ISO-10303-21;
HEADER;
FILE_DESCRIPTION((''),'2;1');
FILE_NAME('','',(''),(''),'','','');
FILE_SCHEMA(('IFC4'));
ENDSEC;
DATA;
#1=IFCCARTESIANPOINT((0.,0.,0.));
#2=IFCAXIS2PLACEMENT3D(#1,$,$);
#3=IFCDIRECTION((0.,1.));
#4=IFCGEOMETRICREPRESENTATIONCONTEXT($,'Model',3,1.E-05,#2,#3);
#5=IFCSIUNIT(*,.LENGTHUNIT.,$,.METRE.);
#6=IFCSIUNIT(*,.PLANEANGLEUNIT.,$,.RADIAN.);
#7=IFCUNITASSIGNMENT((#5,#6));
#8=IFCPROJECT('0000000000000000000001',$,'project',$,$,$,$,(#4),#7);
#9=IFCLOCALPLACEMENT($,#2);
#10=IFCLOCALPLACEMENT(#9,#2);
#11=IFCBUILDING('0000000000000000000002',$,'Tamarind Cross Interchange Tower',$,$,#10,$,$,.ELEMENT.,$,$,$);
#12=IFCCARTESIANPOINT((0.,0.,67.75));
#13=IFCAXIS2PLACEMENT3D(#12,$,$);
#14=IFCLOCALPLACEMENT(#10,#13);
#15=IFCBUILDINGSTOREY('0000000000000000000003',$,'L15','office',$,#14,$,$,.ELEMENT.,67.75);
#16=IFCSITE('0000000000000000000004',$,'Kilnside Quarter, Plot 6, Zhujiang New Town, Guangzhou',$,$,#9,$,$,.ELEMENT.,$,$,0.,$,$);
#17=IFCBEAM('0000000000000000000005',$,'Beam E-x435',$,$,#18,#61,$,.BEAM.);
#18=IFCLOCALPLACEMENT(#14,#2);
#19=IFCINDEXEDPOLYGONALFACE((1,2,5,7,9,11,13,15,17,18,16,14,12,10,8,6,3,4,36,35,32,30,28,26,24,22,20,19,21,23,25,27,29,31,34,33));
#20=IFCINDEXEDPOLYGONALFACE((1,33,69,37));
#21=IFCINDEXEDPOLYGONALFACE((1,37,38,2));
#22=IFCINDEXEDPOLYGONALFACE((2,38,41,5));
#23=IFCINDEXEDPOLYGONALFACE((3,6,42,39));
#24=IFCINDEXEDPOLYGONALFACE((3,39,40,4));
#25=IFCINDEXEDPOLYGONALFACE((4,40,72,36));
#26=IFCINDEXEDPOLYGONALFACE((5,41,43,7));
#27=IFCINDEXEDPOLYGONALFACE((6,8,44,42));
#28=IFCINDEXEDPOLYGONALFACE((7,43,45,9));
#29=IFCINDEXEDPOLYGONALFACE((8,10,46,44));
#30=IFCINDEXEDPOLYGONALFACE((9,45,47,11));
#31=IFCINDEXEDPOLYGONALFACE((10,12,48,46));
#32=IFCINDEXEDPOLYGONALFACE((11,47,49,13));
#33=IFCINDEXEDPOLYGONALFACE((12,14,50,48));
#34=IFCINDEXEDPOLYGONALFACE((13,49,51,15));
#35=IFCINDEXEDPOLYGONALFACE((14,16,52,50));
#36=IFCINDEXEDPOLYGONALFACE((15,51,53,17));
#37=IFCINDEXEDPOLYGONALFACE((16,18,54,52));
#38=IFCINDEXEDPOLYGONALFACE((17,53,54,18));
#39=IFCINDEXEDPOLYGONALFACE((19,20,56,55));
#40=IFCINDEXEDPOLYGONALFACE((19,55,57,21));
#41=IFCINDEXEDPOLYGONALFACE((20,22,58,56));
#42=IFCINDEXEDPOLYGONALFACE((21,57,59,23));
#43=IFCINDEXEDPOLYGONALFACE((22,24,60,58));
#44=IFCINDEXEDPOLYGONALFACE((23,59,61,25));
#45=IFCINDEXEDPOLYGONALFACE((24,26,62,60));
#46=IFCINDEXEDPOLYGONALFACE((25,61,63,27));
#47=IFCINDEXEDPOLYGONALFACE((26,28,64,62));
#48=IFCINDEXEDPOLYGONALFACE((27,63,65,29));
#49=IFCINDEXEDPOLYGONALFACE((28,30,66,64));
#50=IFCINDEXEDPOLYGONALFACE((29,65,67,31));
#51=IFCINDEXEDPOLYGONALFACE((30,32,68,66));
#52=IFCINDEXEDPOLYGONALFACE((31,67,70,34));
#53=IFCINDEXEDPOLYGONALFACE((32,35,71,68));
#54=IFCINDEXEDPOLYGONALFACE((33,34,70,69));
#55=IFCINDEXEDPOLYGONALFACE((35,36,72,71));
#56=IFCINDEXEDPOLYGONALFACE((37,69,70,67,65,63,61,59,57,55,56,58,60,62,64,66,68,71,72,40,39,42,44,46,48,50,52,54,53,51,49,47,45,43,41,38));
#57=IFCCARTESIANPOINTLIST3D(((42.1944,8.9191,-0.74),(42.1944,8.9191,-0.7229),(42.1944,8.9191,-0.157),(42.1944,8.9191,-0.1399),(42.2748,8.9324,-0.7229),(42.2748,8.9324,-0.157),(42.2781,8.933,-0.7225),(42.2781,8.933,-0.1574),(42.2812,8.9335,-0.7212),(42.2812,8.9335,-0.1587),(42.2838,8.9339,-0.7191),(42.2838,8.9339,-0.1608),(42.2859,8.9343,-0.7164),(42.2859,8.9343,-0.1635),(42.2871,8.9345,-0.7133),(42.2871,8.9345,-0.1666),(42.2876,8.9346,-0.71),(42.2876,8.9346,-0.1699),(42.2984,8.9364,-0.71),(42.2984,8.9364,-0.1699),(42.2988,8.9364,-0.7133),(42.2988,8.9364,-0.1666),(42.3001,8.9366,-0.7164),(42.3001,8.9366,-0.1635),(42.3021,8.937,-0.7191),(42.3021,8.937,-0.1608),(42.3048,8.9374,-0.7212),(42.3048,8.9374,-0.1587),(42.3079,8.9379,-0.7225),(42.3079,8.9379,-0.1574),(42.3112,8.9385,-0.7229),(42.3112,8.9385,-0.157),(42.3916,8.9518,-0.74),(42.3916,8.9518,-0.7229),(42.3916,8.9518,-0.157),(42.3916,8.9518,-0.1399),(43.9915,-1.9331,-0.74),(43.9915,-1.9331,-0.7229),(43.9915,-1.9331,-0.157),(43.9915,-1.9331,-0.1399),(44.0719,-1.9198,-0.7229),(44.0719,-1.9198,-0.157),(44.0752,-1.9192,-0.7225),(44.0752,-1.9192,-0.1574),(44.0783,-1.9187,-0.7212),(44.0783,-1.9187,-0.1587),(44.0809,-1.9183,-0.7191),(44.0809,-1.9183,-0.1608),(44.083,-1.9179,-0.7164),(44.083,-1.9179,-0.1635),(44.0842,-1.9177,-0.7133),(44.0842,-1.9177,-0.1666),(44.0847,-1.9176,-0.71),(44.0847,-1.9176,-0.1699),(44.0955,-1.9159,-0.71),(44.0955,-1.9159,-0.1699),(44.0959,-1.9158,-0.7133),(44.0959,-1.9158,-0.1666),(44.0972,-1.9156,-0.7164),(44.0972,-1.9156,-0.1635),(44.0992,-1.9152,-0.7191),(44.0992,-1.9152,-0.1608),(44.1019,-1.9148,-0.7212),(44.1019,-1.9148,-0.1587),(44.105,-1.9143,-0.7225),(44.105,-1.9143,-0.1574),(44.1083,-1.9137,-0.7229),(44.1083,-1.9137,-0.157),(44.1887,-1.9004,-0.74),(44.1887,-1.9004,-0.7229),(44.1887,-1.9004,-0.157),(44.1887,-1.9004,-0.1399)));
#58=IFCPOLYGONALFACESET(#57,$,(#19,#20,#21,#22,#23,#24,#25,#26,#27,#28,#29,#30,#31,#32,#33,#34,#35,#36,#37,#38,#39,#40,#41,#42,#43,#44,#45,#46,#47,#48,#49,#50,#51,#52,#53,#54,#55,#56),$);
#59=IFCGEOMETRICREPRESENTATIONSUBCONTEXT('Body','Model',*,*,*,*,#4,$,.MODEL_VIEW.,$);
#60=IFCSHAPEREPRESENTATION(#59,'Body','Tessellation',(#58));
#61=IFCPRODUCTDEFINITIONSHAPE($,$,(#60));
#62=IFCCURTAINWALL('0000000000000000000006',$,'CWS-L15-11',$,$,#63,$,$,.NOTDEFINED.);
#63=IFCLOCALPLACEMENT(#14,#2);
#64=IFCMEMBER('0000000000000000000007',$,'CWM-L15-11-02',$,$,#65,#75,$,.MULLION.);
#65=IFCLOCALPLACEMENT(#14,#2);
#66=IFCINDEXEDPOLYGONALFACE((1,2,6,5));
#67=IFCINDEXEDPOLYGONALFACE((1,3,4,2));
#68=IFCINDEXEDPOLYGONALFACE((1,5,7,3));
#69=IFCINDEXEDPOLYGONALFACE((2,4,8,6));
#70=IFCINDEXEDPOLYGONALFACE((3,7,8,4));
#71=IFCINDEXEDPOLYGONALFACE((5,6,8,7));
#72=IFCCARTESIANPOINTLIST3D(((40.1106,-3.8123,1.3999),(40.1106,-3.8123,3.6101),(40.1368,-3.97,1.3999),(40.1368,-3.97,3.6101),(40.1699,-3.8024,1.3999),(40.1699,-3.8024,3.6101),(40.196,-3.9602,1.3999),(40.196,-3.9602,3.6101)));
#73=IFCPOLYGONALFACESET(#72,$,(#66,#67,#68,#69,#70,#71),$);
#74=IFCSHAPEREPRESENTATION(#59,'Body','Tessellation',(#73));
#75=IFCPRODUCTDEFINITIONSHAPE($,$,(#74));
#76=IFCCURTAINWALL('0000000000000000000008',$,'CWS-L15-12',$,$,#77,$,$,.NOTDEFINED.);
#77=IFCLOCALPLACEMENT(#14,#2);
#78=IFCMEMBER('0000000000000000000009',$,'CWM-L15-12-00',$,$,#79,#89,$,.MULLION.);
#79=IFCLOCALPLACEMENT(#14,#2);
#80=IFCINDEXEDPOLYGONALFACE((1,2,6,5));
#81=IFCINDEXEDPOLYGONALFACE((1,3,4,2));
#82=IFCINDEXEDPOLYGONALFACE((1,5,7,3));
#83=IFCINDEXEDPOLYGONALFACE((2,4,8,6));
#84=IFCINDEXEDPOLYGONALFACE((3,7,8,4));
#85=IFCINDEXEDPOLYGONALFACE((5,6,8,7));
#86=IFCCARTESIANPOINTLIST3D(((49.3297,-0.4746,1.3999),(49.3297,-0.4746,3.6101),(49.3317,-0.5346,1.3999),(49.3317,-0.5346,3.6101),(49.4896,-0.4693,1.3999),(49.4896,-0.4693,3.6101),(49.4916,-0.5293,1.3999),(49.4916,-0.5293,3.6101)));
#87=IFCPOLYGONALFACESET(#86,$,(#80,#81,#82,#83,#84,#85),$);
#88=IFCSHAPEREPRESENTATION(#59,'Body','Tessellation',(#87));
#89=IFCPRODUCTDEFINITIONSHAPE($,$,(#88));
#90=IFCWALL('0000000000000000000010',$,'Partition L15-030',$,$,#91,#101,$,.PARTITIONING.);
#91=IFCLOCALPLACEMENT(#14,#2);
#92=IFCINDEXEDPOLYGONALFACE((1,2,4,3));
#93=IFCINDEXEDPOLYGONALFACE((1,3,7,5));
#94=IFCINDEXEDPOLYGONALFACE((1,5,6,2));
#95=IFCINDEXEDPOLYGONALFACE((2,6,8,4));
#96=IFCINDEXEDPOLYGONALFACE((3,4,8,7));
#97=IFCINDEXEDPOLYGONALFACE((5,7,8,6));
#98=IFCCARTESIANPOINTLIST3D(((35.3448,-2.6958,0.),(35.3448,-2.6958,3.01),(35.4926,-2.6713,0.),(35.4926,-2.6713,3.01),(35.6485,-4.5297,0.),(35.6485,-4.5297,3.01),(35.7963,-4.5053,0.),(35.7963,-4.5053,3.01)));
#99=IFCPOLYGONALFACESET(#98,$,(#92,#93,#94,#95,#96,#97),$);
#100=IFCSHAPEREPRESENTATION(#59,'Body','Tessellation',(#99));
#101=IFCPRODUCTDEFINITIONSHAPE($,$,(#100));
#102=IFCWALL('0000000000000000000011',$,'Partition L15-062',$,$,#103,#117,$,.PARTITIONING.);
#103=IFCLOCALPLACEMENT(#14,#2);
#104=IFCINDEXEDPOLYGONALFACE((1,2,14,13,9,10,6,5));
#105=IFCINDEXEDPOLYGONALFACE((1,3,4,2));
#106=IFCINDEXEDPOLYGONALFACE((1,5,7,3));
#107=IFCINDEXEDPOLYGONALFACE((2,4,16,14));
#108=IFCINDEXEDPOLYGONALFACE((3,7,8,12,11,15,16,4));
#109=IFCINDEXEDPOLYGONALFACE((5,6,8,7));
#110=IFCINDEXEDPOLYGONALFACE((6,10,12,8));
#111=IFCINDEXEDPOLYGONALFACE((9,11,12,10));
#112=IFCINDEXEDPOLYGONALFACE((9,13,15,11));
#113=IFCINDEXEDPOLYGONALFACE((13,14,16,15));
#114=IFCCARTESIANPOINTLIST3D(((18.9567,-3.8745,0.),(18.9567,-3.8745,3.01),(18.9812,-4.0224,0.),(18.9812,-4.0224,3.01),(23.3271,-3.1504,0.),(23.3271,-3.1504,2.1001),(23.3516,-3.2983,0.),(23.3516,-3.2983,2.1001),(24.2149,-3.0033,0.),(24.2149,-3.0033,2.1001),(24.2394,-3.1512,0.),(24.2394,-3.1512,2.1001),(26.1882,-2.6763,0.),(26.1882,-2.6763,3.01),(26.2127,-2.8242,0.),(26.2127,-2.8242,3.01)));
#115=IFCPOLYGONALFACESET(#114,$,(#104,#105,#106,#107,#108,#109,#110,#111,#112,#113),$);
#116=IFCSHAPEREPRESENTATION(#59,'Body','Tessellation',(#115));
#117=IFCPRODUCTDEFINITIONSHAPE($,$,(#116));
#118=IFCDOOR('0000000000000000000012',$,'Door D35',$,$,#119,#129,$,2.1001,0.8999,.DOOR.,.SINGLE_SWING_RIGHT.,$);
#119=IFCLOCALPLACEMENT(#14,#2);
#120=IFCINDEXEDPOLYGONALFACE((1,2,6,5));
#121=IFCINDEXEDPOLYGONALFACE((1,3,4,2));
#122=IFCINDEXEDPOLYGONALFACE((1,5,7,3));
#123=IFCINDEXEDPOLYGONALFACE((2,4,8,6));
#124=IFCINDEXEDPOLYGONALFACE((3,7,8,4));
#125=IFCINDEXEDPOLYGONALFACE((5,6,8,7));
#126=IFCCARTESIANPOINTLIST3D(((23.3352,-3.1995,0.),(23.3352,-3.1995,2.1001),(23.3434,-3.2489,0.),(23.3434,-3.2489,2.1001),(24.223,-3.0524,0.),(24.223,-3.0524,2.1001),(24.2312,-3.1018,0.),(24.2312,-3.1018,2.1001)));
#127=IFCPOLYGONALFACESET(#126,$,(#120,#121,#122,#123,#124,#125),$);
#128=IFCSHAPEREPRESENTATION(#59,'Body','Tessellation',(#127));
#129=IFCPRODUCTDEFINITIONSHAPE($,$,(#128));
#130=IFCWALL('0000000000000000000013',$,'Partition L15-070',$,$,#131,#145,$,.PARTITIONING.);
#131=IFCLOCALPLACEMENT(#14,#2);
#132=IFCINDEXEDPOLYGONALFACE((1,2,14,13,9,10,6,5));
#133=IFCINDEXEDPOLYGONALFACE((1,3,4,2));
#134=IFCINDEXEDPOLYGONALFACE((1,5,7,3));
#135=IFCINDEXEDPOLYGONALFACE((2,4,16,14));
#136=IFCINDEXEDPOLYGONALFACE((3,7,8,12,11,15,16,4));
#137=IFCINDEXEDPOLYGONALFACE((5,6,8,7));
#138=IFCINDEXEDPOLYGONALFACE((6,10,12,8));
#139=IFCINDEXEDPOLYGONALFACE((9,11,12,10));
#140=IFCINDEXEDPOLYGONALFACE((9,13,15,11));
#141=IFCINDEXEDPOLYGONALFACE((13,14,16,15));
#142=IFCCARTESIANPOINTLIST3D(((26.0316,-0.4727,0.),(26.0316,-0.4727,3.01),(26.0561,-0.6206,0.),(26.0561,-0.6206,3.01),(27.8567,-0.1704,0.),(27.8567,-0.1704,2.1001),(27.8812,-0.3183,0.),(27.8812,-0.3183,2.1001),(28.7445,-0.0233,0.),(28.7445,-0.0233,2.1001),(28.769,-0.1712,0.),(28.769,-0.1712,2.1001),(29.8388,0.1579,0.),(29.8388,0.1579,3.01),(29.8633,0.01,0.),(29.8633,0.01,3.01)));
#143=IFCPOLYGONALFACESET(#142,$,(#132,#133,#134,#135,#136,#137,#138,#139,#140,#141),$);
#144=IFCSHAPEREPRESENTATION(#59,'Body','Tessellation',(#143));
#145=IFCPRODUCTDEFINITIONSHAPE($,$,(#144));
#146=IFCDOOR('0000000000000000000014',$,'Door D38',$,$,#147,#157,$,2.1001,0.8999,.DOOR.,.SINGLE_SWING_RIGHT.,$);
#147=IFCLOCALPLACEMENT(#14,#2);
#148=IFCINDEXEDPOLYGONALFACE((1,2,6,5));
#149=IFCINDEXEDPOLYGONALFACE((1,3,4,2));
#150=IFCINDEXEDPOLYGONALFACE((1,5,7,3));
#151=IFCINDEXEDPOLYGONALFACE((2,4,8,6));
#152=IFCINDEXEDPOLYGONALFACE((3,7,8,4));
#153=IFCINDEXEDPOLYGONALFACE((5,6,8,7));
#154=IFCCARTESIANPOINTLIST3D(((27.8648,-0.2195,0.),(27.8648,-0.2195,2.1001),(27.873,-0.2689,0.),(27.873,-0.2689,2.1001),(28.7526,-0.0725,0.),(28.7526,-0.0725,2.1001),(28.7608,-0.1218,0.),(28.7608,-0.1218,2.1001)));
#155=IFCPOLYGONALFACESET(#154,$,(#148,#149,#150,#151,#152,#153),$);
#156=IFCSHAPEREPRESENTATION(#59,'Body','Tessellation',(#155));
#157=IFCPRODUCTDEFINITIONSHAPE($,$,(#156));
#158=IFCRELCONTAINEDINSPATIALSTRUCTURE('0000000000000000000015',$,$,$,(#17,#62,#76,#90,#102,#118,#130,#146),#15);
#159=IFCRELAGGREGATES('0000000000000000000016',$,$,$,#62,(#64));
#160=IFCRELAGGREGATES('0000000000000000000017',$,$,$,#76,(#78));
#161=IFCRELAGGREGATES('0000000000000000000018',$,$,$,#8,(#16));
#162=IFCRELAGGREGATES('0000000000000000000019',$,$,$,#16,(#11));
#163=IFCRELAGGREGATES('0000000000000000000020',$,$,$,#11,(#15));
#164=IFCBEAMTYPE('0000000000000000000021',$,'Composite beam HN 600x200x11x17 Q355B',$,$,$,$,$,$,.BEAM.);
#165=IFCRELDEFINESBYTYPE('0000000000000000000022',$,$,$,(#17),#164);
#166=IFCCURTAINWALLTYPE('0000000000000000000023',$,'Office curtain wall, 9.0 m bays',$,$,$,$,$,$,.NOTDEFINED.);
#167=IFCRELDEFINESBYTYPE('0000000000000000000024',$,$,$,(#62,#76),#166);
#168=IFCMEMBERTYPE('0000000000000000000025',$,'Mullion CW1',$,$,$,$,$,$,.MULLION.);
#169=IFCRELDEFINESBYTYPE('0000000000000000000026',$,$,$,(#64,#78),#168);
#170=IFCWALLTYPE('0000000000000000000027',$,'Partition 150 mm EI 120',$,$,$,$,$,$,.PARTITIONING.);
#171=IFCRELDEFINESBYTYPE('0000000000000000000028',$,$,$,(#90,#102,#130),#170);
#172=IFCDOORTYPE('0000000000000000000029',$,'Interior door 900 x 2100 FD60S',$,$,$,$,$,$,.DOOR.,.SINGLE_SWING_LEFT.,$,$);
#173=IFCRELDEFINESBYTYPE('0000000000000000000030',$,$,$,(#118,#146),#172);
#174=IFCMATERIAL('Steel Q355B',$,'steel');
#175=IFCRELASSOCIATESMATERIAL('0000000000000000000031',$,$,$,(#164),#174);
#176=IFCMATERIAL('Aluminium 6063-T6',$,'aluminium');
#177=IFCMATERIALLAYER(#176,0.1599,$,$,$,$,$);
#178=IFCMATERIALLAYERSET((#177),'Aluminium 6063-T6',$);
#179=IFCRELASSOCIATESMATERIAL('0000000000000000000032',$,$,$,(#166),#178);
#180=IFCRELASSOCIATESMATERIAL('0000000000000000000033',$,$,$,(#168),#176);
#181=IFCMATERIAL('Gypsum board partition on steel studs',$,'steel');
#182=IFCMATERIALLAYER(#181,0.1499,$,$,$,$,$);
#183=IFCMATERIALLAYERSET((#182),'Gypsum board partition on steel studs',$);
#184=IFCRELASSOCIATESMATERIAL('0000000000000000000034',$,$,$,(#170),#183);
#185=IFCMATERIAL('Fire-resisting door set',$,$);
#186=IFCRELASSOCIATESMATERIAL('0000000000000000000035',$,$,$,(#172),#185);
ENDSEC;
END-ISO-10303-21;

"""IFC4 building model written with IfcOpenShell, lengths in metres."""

from ifc_helpers import new_model, si_unit, direction, frame, frame_2d, origin, origin_2d, place, context, subcontext, project, spatial, rectangle, i_section, extrude, material, layer, layer_set, material_profile, profile_set, type_object, element, fill, aggregate, save


model = new_model("IFC4")

# Units and contexts
model_context = context("Model", 3, precision=1e-05, world=origin(), true_north=direction((0.0, 1.0)))
body_context = subcontext(model_context, "Body", "Model", "MODEL_VIEW")
ifc_project = project(units=[si_unit("LENGTHUNIT", "METRE"), si_unit("PLANEANGLEUNIT", "RADIAN")], contexts=[model_context])

# Site, building, storey
site_placement = place(None, origin())
site = spatial("IfcSite", under=ifc_project, at=site_placement, Name="Kilnside Quarter, Plot 6, Zhujiang New Town, Guangzhou", CompositionType="ELEMENT", RefElevation=0.0)
building_placement = place(site_placement, origin())
building = spatial("IfcBuilding", under=site, at=building_placement, Name="Tamarind Cross Interchange Tower", CompositionType="ELEMENT")
storey_placement = place(building_placement, frame((0.0, 0.0, 67.75)))
storey = spatial("IfcBuildingStorey", under=building, at=storey_placement, Name="L15", Description="office", CompositionType="ELEMENT", Elevation=67.75)

# Beam
ifc_material_1 = material(Name="Steel Q355B", Category="steel")
ifc_material_profile_1 = material_profile(ifc_material_1, i_section(OverallWidth=0.2, OverallDepth=0.6001, WebThickness=0.011, FlangeThickness=0.0171, FilletRadius=0.0129, at=origin_2d()), Name="HN 600x200x11x17")
ifc_profile_set_1 = profile_set([ifc_material_profile_1], Name="Steel Q355B")
beam_type_1 = type_object("IfcBeamType", Name="Composite beam HN 600x200x11x17 Q355B", PredefinedType="BEAM", material=ifc_profile_set_1)
beam_1_placement = place(storey_placement, frame((44.0901, -1.9167, -0.4399), z_axis=(-0.163373, 0.986564, 0.0), x_axis=(-0.986564, -0.163373, 0.0)))
element("IfcBeam", 1, at=beam_1_placement, inside=storey, type_object=beam_type_1, Name="Beam E-x435", PredefinedType="BEAM", context=body_context, shape_type="SweptSolid", body=[
    extrude(i_section(OverallWidth=0.2, OverallDepth=0.6001, WebThickness=0.011, FlangeThickness=0.0171, FilletRadius=0.0129, at=origin_2d()), origin(), (0.0, 0.0, 1.0), 11.0),
])

# Curtain walls, members
ifc_material_2 = material(Name="Aluminium 6063-T6", Category="aluminium")
ifc_layer_1 = layer(ifc_material_2, 0.1599)
ifc_layer_set_1 = layer_set([ifc_layer_1], Name="Aluminium 6063-T6")
curtain_wall_type = type_object("IfcCurtainWallType", Name="Office curtain wall, 9.0 m bays", PredefinedType="NOTDEFINED", material=ifc_layer_set_1)
curtain_wall_1_placement = place(storey_placement, origin())
curtain_wall_1 = element("IfcCurtainWall", 2, at=curtain_wall_1_placement, inside=storey, type_object=curtain_wall_type, Name="CWS-L15-11", PredefinedType="NOTDEFINED")
ifc_material_profile_2 = material_profile(ifc_material_2, rectangle(XDim=0.0601, YDim=0.1599, at=origin_2d()), Name="Mullion CW1")
ifc_profile_set_2 = profile_set([ifc_material_profile_2], Name="Aluminium 6063-T6")
member_type = type_object("IfcMemberType", Name="Mullion CW1", PredefinedType="MULLION", material=ifc_profile_set_2)
member_1_placement = place(storey_placement, frame((40.1533, -3.8862, 1.3999), z_axis=(0.0, 0.0, 1.0), x_axis=(0.986563, 0.163381, 0.0)))
member_1 = element("IfcMember", 3, at=member_1_placement, type_object=member_type, Name="CWM-L15-11-02", PredefinedType="MULLION", context=body_context, shape_type="SweptSolid", body=[
    extrude(rectangle(XDim=0.0601, YDim=0.1599, at=origin_2d()), origin(), (0.0, 0.0, 1.0), 2.2102),
])
aggregate(curtain_wall_1, [member_1])
curtain_wall_2_placement = place(storey_placement, origin())
curtain_wall_2 = element("IfcCurtainWall", 4, at=curtain_wall_2_placement, inside=storey, type_object=curtain_wall_type, Name="CWS-L15-12", PredefinedType="NOTDEFINED")
member_2_placement = place(storey_placement, frame((49.4106, -0.502, 1.3999), z_axis=(0.0, 0.0, 1.0), x_axis=(-0.033211, 0.999448, 0.0)))
member_2 = element("IfcMember", 5, at=member_2_placement, type_object=member_type, Name="CWM-L15-12-00", PredefinedType="MULLION", context=body_context, shape_type="SweptSolid", body=[
    extrude(rectangle(XDim=0.0601, YDim=0.1599, at=origin_2d()), origin(), (0.0, 0.0, 1.0), 2.2102),
])
aggregate(curtain_wall_2, [member_2])

# Wall
ifc_material_3 = material(Name="Gypsum board partition on steel studs", Category="steel")
ifc_layer_2 = layer(ifc_material_3, 0.1499)
ifc_layer_set_2 = layer_set([ifc_layer_2], Name="Gypsum board partition on steel studs")
wall_type_1 = type_object("IfcWallType", Name="Partition 150 mm EI 120", PredefinedType="PARTITIONING", material=ifc_layer_set_2)
wall_1_placement = place(storey_placement, frame((35.4187, -2.6836, 0.0), z_axis=(0.0, 0.0, 1.0), x_axis=(0.163377, -0.986564, 0.0)))
element("IfcWall", 6, at=wall_1_placement, inside=storey, type_object=wall_type_1, Name="Partition L15-030", PredefinedType="PARTITIONING", context=body_context, shape_type="SweptSolid", body=[
    extrude(rectangle(XDim=1.8589, YDim=0.1499, at=frame_2d((0.9294, 0.0))), origin(), (0.0, 0.0, 1.0), 3.01),
])

# Walls, openings, doors
wall_2_placement = place(storey_placement, frame((18.969, -3.9485, 0.0), z_axis=(0.0, 0.0, 1.0), x_axis=(0.986548, 0.16347, 0.0)))
wall_2 = element("IfcWall", 7, at=wall_2_placement, inside=storey, type_object=wall_type_1, Name="Partition L15-062", PredefinedType="PARTITIONING", context=body_context, shape_type="SweptSolid", body=[
    extrude(rectangle(XDim=7.3301, YDim=0.1499, at=frame_2d((3.665, 0.0))), origin(), (0.0, 0.0, 1.0), 3.01),
])
opening_1_placement = place(wall_2_placement, frame((4.4299, 0.0, 0.0)))
opening_1 = element("IfcOpeningElement", 8, at=opening_1_placement, cuts=wall_2, PredefinedType="OPENING", context=body_context, shape_type="SweptSolid", body=[
    extrude(rectangle(XDim=0.8999, YDim=2.1001, at=frame_2d((0.45, 1.05))), frame((0.0, 0.085, 0.0), z_axis=(0.0, -1.0, 0.0), x_axis=(1.0, 0.0, 0.0)), (0.0, 0.0, 1.0), 0.1699),
])
ifc_material_4 = material(Name="Fire-resisting door set")
door_type_1 = type_object("IfcDoorType", Name="Interior door 900 x 2100 FD60S", OperationType="SINGLE_SWING_LEFT", PredefinedType="DOOR", material=ifc_material_4)
door_1_placement = place(opening_1_placement, frame((0.8999, 0.0, 0.0), z_axis=(0.0, 0.0, 1.0), x_axis=(-1.0, 0.0, 0.0)))
door_1 = element("IfcDoor", 9, at=door_1_placement, inside=storey, type_object=door_type_1, Name="Door D35", OperationType="SINGLE_SWING_RIGHT", OverallHeight=2.1001, OverallWidth=0.8999, PredefinedType="DOOR", context=body_context, shape_type="SweptSolid", body=[
    extrude(rectangle(XDim=0.8999, YDim=2.1001, at=frame_2d((0.45, 1.05))), frame((0.0, 0.0249, 0.0), z_axis=(0.0, -1.0, 0.0), x_axis=(1.0, 0.0, 0.0)), (0.0, 0.0, 1.0), 0.05),
])
fill(opening_1, door_1)
wall_3_placement = place(storey_placement, frame((26.0437, -0.5466, 0.0), z_axis=(0.0, 0.0, 1.0), x_axis=(0.986559, 0.163404, 0.0)))
wall_3 = element("IfcWall", 10, at=wall_3_placement, inside=storey, type_object=wall_type_1, Name="Partition L15-070", PredefinedType="PARTITIONING", context=body_context, shape_type="SweptSolid", body=[
    extrude(rectangle(XDim=3.8591, YDim=0.1499, at=frame_2d((1.9297, 0.0))), origin(), (0.0, 0.0, 1.0), 3.01),
])
opening_2_placement = place(wall_3_placement, frame((1.8501, 0.0, 0.0)))
opening_2 = element("IfcOpeningElement", 11, at=opening_2_placement, cuts=wall_3, PredefinedType="OPENING", context=body_context, shape_type="SweptSolid", body=[
    extrude(rectangle(XDim=0.8999, YDim=2.1001, at=frame_2d((0.45, 1.05))), frame((0.0, 0.085, 0.0), z_axis=(0.0, -1.0, 0.0), x_axis=(1.0, 0.0, 0.0)), (0.0, 0.0, 1.0), 0.1699),
])
door_2_placement = place(opening_2_placement, frame((0.8999, 0.0, 0.0), z_axis=(0.0, 0.0, 1.0), x_axis=(-1.0, 0.0, 0.0)))
door_2 = element("IfcDoor", 12, at=door_2_placement, inside=storey, type_object=door_type_1, Name="Door D38", OperationType="SINGLE_SWING_RIGHT", OverallHeight=2.1001, OverallWidth=0.8999, PredefinedType="DOOR", context=body_context, shape_type="SweptSolid", body=[
    extrude(rectangle(XDim=0.8999, YDim=2.1001, at=frame_2d((0.45, 1.05))), frame((0.0, 0.0249, 0.0), z_axis=(0.0, -1.0, 0.0), x_axis=(1.0, 0.0, 0.0)), (0.0, 0.0, 1.0), 0.05),
])
fill(opening_2, door_2)

save(model, "model.ifc")
